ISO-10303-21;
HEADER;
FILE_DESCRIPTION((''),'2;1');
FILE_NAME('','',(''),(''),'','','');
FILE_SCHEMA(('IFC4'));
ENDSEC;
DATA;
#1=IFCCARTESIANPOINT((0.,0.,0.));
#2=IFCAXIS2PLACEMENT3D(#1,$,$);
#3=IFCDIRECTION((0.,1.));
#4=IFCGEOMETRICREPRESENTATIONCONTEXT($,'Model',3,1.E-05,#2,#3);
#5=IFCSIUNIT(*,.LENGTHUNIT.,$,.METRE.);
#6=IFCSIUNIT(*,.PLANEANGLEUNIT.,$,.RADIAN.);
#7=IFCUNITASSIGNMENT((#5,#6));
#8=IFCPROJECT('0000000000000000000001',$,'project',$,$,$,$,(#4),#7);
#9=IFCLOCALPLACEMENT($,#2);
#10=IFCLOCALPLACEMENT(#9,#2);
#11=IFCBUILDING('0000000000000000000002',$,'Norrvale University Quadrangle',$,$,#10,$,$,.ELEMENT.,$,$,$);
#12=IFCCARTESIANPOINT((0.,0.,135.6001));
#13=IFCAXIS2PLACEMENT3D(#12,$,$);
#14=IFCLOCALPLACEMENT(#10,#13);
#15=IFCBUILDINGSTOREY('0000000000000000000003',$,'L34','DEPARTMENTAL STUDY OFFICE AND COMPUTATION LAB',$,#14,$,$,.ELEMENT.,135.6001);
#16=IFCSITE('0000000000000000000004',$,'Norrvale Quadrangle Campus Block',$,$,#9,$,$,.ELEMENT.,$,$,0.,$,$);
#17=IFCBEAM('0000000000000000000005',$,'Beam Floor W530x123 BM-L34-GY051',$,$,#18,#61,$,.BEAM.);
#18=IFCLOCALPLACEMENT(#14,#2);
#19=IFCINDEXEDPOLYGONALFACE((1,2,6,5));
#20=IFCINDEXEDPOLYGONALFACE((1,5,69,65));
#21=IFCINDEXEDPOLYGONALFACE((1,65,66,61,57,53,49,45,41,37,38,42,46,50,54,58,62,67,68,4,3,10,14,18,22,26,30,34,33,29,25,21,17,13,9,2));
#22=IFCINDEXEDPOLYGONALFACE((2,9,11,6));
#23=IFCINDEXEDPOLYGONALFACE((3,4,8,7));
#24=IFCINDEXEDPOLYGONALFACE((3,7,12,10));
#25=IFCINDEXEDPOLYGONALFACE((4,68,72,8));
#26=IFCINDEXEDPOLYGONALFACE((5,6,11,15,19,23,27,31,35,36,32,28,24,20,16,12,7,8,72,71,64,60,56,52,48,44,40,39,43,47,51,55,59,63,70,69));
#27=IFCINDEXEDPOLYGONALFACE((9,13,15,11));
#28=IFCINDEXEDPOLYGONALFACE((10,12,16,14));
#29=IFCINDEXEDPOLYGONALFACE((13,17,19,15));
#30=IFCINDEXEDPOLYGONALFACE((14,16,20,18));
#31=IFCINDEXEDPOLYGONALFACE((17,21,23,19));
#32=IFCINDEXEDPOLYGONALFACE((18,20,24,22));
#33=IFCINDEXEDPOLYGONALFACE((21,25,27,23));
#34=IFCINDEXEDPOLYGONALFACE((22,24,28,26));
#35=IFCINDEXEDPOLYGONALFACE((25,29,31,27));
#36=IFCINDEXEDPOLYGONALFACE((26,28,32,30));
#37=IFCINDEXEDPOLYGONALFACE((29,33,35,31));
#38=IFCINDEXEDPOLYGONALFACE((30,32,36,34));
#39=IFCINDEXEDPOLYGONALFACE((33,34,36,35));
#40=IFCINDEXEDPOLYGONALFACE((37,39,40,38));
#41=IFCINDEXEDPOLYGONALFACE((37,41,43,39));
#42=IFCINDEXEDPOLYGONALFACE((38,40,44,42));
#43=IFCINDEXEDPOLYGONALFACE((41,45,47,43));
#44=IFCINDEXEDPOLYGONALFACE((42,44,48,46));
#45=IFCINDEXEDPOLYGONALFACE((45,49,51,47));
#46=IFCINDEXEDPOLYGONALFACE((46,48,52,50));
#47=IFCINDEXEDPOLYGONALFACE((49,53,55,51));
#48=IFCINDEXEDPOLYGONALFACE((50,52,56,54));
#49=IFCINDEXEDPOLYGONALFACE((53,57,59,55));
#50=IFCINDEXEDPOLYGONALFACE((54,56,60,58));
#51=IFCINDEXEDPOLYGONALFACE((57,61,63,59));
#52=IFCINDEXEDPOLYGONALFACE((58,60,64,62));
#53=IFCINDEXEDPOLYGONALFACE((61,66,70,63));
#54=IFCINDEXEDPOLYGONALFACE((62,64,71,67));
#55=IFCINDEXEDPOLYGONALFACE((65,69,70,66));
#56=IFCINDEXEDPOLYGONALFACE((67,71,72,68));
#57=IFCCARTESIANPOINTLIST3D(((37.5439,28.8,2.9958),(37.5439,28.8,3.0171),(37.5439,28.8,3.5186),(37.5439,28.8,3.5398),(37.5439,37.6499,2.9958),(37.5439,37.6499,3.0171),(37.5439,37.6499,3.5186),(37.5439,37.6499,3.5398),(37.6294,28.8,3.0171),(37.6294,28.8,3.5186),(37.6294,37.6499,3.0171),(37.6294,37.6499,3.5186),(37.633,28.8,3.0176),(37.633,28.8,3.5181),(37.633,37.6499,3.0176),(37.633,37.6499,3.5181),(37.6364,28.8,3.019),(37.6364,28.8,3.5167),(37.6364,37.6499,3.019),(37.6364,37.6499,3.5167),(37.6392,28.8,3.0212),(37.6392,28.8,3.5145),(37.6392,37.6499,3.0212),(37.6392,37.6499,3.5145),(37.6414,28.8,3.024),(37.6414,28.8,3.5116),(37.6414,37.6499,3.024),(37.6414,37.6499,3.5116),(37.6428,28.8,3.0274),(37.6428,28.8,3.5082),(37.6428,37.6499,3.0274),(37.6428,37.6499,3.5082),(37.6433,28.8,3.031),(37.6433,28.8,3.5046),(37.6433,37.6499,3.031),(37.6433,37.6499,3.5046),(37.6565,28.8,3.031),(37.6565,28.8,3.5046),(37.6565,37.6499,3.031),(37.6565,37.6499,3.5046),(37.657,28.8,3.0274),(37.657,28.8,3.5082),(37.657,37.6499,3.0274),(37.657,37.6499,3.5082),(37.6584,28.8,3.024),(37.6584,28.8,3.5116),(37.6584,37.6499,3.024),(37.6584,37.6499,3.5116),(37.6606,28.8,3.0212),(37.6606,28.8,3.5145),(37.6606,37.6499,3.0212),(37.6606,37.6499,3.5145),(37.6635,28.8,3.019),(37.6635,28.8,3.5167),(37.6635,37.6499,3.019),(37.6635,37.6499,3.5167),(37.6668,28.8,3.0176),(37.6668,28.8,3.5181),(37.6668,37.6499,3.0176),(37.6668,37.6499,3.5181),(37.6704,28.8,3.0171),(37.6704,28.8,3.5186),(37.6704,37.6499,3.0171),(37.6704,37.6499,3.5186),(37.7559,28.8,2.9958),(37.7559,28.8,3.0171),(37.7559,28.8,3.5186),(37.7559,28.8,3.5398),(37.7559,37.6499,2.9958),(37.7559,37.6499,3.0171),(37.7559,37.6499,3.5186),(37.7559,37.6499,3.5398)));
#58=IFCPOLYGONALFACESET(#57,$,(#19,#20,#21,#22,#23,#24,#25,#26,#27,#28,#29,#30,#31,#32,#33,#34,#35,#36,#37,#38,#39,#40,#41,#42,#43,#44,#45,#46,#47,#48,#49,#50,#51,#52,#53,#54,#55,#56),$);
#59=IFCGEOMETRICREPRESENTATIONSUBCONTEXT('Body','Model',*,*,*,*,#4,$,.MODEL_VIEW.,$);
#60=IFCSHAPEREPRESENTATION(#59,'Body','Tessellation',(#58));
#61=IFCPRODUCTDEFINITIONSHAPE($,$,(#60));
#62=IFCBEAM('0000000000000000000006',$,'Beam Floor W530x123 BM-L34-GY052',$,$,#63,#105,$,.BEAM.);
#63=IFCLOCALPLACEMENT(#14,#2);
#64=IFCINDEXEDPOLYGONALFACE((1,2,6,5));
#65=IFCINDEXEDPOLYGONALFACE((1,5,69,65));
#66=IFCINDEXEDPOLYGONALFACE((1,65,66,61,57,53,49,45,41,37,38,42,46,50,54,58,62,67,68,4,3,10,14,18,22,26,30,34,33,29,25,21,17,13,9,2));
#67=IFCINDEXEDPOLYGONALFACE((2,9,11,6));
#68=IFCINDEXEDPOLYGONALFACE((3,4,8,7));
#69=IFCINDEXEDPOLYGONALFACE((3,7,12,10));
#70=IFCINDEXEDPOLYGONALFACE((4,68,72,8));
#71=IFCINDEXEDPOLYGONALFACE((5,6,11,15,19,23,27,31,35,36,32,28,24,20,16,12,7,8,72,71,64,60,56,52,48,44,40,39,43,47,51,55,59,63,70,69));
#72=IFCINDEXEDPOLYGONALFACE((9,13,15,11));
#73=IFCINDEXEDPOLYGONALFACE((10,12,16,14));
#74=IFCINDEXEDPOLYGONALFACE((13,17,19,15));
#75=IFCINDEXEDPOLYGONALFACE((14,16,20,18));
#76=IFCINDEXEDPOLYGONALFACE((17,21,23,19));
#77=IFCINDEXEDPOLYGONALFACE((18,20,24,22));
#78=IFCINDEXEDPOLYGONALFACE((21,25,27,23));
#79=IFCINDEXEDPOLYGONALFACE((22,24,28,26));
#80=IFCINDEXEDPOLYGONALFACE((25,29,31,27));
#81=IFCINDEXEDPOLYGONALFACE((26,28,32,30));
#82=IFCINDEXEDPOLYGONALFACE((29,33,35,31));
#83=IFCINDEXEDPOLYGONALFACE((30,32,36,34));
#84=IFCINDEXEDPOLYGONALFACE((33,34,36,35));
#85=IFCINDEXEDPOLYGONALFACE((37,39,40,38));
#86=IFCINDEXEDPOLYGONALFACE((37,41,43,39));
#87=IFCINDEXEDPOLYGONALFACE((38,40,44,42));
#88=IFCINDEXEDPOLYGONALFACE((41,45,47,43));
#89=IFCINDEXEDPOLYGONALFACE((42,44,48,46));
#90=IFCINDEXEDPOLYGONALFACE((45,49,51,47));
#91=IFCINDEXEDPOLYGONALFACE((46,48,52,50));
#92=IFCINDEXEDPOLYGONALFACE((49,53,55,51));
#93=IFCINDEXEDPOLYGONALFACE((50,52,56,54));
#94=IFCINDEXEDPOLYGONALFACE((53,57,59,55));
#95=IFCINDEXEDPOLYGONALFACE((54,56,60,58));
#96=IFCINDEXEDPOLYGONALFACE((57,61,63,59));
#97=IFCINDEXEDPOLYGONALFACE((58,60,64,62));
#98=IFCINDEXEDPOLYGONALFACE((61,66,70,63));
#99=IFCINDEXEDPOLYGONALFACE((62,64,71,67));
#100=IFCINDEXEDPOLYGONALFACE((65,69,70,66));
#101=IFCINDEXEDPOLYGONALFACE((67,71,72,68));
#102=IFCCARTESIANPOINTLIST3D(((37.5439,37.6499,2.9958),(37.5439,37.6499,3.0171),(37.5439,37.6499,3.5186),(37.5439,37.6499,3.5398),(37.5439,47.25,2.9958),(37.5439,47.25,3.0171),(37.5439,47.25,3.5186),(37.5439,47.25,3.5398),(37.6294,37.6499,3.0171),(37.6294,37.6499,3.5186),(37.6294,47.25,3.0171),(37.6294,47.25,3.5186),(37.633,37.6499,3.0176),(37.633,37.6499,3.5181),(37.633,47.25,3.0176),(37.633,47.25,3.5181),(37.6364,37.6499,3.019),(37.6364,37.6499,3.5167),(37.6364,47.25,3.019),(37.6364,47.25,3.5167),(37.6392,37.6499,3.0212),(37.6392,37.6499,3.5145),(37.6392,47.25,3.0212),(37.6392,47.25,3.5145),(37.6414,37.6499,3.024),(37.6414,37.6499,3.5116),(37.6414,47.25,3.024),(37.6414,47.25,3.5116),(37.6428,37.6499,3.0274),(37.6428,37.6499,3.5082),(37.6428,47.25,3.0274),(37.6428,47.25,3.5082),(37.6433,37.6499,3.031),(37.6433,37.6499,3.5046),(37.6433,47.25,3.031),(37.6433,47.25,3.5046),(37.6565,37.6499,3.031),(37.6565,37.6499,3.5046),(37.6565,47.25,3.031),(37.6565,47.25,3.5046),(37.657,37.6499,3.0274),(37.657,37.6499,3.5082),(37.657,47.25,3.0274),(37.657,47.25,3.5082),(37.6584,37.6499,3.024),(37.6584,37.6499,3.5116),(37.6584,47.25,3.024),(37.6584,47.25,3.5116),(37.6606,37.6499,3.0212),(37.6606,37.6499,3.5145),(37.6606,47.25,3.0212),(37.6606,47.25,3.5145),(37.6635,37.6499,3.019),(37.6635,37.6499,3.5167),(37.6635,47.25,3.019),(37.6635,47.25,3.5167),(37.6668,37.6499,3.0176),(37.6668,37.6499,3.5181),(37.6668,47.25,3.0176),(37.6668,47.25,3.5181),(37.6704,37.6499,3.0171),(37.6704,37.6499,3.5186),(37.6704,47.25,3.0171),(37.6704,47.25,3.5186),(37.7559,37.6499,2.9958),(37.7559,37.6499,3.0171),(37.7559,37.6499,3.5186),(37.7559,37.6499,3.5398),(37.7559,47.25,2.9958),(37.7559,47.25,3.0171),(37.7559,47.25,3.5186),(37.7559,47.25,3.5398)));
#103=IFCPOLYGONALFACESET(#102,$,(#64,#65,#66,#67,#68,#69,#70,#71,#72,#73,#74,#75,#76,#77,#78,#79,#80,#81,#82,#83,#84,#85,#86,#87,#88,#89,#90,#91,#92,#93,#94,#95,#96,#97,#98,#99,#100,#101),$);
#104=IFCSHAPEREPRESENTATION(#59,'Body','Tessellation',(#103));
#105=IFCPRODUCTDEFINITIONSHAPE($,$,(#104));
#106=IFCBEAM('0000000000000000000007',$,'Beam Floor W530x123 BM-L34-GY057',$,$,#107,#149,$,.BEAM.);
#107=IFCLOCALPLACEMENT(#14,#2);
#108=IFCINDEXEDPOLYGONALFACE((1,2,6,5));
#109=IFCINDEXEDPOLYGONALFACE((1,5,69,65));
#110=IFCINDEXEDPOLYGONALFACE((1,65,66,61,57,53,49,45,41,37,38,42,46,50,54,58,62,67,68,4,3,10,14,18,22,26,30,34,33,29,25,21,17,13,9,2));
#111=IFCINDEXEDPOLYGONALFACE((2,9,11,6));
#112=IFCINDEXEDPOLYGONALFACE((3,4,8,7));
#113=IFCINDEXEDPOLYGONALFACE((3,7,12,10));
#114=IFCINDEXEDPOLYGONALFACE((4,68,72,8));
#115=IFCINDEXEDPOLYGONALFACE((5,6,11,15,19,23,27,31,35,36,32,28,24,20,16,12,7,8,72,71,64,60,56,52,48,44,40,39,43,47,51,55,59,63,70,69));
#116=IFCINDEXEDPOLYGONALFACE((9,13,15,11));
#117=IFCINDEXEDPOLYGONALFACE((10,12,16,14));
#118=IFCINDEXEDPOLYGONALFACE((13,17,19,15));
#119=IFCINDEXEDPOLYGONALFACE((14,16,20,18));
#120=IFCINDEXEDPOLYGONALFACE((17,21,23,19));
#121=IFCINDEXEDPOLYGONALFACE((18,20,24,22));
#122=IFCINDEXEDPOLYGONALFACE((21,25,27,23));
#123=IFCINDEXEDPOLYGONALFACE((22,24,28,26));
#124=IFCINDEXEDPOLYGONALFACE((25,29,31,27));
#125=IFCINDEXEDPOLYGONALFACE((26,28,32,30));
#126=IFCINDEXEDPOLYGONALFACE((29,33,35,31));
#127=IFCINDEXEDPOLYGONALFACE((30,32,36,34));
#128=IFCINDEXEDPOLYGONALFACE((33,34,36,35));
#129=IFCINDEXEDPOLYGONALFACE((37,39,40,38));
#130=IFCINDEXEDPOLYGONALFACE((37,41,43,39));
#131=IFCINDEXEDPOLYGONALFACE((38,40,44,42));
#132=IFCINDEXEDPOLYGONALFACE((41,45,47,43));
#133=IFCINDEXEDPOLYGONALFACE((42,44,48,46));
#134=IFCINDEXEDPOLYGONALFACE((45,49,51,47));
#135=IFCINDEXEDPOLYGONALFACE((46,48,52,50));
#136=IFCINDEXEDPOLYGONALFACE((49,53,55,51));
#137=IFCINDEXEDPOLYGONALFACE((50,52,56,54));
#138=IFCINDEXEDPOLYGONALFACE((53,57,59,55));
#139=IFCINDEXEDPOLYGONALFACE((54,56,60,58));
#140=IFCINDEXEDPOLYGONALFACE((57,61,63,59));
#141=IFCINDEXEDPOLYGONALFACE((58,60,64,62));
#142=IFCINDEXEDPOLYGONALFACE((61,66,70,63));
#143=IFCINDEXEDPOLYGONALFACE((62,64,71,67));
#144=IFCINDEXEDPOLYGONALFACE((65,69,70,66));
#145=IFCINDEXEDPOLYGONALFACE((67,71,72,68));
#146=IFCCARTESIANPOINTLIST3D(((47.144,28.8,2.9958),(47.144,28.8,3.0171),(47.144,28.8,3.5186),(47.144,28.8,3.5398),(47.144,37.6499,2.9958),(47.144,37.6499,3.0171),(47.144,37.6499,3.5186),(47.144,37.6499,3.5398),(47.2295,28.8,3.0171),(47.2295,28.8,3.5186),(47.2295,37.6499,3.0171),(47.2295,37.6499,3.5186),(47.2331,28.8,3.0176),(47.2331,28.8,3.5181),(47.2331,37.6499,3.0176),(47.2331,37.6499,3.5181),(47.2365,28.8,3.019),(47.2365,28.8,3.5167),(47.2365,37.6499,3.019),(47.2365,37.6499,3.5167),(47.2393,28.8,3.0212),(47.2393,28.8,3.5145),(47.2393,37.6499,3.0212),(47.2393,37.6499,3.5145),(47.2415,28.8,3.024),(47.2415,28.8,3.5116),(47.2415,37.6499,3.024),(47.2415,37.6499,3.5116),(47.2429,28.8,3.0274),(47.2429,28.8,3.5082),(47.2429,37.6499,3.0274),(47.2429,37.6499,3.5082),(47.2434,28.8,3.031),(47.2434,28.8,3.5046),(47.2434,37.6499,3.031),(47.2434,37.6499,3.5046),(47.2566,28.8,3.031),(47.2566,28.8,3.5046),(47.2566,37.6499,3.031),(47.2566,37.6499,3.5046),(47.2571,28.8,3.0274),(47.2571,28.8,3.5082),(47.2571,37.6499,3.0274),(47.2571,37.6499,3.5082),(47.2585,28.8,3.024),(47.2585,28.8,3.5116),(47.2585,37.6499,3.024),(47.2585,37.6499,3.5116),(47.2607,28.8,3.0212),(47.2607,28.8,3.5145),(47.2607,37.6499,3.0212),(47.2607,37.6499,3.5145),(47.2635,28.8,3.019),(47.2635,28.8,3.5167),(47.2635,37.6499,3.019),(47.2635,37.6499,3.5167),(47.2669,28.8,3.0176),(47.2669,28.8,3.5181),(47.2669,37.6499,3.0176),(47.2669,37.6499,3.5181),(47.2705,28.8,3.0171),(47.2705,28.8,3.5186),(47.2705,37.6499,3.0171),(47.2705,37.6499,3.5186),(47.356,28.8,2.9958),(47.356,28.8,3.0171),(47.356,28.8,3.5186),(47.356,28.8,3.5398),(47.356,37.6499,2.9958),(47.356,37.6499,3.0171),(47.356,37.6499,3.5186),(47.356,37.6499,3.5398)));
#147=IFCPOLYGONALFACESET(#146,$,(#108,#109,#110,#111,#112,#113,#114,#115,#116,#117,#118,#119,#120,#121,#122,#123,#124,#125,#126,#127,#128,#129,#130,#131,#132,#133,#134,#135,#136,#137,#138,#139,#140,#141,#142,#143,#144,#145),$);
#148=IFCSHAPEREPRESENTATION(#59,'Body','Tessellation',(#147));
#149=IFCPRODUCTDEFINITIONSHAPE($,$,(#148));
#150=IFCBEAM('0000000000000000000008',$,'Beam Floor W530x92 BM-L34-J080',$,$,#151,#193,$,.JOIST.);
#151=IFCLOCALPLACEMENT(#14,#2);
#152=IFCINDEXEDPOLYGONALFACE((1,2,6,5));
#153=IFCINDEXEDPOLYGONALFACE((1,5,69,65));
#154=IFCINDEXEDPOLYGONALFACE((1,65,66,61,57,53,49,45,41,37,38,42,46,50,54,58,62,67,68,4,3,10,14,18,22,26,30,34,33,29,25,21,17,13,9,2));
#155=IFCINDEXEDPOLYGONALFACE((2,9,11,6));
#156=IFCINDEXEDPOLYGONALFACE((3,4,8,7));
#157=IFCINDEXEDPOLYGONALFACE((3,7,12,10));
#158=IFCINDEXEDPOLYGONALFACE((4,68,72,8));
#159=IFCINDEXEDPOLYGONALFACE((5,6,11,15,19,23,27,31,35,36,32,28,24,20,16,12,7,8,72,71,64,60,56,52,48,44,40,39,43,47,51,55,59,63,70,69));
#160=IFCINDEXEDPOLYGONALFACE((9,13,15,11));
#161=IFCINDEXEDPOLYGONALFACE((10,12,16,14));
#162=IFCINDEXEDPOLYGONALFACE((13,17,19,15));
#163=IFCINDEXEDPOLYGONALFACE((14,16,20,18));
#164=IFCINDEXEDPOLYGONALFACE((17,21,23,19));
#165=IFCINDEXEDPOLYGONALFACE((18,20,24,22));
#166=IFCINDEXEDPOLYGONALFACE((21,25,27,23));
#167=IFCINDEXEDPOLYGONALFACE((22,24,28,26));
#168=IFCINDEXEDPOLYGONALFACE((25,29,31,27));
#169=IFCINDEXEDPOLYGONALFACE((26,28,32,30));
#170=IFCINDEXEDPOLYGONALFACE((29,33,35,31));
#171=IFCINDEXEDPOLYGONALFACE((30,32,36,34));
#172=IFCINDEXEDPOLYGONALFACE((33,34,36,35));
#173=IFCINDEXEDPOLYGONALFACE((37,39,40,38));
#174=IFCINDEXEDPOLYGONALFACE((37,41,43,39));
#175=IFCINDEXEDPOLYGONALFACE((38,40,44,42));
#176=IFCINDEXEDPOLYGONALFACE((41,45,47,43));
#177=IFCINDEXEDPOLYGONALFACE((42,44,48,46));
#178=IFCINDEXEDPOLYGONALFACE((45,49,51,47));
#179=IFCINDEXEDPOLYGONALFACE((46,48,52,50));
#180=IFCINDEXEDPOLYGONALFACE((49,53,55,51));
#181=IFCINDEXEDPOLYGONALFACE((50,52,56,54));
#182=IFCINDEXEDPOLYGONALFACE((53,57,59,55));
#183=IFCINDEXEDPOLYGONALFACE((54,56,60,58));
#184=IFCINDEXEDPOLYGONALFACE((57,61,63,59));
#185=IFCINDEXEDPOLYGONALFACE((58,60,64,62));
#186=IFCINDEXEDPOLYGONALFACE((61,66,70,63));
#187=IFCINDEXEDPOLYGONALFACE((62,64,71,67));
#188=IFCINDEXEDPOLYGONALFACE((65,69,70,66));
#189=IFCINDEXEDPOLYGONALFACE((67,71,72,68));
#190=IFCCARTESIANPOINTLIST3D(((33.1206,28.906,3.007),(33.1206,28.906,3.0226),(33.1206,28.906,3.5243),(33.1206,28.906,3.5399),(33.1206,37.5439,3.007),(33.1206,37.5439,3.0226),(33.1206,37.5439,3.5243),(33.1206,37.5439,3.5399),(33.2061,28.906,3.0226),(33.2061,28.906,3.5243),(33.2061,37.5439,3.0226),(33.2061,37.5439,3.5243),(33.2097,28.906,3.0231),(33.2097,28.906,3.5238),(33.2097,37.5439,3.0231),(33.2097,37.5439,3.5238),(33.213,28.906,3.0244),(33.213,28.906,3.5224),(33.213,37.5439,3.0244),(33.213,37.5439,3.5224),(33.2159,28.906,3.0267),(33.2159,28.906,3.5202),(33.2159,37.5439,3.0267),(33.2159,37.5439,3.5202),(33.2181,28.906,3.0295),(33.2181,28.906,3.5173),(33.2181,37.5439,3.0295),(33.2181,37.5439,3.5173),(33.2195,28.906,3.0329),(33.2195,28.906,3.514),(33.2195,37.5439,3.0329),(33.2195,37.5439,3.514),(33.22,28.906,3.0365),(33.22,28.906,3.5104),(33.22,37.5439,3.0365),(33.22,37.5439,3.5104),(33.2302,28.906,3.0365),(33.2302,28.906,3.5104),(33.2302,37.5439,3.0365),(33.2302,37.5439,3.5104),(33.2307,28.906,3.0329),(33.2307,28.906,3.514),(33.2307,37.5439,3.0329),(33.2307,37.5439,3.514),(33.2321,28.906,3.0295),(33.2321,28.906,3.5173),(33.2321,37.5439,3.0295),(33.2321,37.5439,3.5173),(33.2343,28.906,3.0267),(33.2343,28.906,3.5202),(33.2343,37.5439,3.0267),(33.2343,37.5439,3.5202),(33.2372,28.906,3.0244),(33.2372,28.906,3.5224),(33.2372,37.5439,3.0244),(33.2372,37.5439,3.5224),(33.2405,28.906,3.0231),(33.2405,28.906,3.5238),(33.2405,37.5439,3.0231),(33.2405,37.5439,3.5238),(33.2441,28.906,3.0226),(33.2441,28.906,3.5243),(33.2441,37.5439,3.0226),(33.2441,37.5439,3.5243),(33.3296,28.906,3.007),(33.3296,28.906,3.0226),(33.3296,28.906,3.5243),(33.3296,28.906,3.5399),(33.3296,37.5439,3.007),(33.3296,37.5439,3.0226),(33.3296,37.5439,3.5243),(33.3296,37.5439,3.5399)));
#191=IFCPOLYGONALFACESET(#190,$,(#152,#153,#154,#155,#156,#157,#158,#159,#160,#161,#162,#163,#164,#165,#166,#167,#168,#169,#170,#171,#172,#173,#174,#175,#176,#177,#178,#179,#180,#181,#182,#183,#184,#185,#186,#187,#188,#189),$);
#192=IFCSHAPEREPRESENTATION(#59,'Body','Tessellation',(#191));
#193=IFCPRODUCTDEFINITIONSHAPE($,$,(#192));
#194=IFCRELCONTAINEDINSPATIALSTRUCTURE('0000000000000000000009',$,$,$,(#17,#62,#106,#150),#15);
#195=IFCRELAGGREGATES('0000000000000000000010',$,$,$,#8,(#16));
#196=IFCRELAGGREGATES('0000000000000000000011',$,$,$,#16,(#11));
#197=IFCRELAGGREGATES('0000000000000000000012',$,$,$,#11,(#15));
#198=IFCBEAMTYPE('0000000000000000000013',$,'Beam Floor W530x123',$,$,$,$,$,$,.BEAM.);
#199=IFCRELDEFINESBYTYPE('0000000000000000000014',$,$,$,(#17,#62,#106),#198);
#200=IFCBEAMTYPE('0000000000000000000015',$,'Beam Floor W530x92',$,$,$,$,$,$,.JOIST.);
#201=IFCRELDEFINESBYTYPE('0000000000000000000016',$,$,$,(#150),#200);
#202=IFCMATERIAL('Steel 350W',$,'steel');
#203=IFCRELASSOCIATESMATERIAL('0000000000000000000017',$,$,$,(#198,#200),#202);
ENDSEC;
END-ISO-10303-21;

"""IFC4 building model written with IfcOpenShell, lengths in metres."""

from ifc_helpers import new_model, si_unit, direction, frame, origin, origin_2d, place, context, subcontext, project, spatial, i_section, extrude, material, material_profile, profile_set, type_object, element, save


model = new_model("IFC4")

# Units and contexts
model_context = context("Model", 3, precision=1e-05, world=origin(), true_north=direction((0.0, 1.0)))
body_context = subcontext(model_context, "Body", "Model", "MODEL_VIEW")
ifc_project = project(units=[si_unit("LENGTHUNIT", "METRE"), si_unit("PLANEANGLEUNIT", "RADIAN")], contexts=[model_context])

# Site, building, storey
site_placement = place(None, origin())
site = spatial("IfcSite", under=ifc_project, at=site_placement, Name="Norrvale Quadrangle Campus Block", CompositionType="ELEMENT", RefElevation=0.0)
building_placement = place(site_placement, origin())
building = spatial("IfcBuilding", under=site, at=building_placement, Name="Norrvale University Quadrangle", CompositionType="ELEMENT")
storey_placement = place(building_placement, frame((0.0, 0.0, 135.6001)))
storey = spatial("IfcBuildingStorey", under=building, at=storey_placement, Name="L34", Description="DEPARTMENTAL STUDY OFFICE AND COMPUTATION LAB", CompositionType="ELEMENT", Elevation=135.6001)

# Beams
ifc_material_1 = material(Name="Steel 350W", Category="steel")
ifc_material_profile_1 = material_profile(ifc_material_1, i_section(OverallWidth=0.2119, OverallDepth=0.5439, WebThickness=0.0132, FlangeThickness=0.0212, FilletRadius=0.0139, at=origin_2d()), Name="Steel 350W")
ifc_profile_set_1 = profile_set([ifc_material_profile_1], Name="Steel 350W")
beam_type_1 = type_object("IfcBeamType", Name="Beam Floor W530x123", PredefinedType="BEAM", material=ifc_profile_set_1)
beam_1_placement = place(storey_placement, frame((37.6499, 28.8, 3.2678), z_axis=(0.0, 1.0, 0.0), x_axis=(-1.0, 0.0, 0.0)))
element("IfcBeam", 1, at=beam_1_placement, inside=storey, type_object=beam_type_1, Name="Beam Floor W530x123 BM-L34-GY051", PredefinedType="BEAM", context=body_context, shape_type="SweptSolid", body=[
    extrude(i_section(OverallWidth=0.2119, OverallDepth=0.5439, WebThickness=0.0132, FlangeThickness=0.0212, FilletRadius=0.0139, at=origin_2d()), origin(), (0.0, 0.0, 1.0), 8.8499),
])
beam_2_placement = place(storey_placement, frame((37.6499, 37.6499, 3.2678), z_axis=(0.0, 1.0, 0.0), x_axis=(-1.0, 0.0, 0.0)))
element("IfcBeam", 2, at=beam_2_placement, inside=storey, type_object=beam_type_1, Name="Beam Floor W530x123 BM-L34-GY052", PredefinedType="BEAM", context=body_context, shape_type="SweptSolid", body=[
    extrude(i_section(OverallWidth=0.2119, OverallDepth=0.5439, WebThickness=0.0132, FlangeThickness=0.0212, FilletRadius=0.0139, at=origin_2d()), origin(), (0.0, 0.0, 1.0), 9.6001),
])
beam_3_placement = place(storey_placement, frame((47.25, 28.8, 3.2678), z_axis=(0.0, 1.0, 0.0), x_axis=(-1.0, 0.0, 0.0)))
element("IfcBeam", 3, at=beam_3_placement, inside=storey, type_object=beam_type_1, Name="Beam Floor W530x123 BM-L34-GY057", PredefinedType="BEAM", context=body_context, shape_type="SweptSolid", body=[
    extrude(i_section(OverallWidth=0.2119, OverallDepth=0.5439, WebThickness=0.0132, FlangeThickness=0.0212, FilletRadius=0.0139, at=origin_2d()), origin(), (0.0, 0.0, 1.0), 8.8499),
])
ifc_material_profile_2 = material_profile(ifc_material_1, i_section(OverallWidth=0.209, OverallDepth=0.533, WebThickness=0.0103, FlangeThickness=0.0156, FilletRadius=0.0139, at=origin_2d()), Name="Steel 350W")
ifc_profile_set_2 = profile_set([ifc_material_profile_2], Name="Steel 350W")
beam_type_2 = type_object("IfcBeamType", Name="Beam Floor W530x92", PredefinedType="JOIST", material=ifc_profile_set_2)
for number, where, z_axis, x_axis, name in (
    (4, (33.2251, 28.906, 3.2734), (0.0, 1.0, 0.0), (-1.0, 0.0, 0.0), "Beam Floor W530x92 BM-L34-J080"),
):
    element("IfcBeam", number, at=place(storey_placement, frame(where, z_axis=z_axis, x_axis=x_axis)), inside=storey, type_object=beam_type_2, Name=name, PredefinedType="JOIST", context=body_context, shape_type="SweptSolid", body=[
        extrude(i_section(OverallWidth=0.209, OverallDepth=0.533, WebThickness=0.0103, FlangeThickness=0.0156, FilletRadius=0.0139, at=origin_2d()), origin(), (0.0, 0.0, 1.0), 8.6379),
    ])

save(model, "model.ifc")
